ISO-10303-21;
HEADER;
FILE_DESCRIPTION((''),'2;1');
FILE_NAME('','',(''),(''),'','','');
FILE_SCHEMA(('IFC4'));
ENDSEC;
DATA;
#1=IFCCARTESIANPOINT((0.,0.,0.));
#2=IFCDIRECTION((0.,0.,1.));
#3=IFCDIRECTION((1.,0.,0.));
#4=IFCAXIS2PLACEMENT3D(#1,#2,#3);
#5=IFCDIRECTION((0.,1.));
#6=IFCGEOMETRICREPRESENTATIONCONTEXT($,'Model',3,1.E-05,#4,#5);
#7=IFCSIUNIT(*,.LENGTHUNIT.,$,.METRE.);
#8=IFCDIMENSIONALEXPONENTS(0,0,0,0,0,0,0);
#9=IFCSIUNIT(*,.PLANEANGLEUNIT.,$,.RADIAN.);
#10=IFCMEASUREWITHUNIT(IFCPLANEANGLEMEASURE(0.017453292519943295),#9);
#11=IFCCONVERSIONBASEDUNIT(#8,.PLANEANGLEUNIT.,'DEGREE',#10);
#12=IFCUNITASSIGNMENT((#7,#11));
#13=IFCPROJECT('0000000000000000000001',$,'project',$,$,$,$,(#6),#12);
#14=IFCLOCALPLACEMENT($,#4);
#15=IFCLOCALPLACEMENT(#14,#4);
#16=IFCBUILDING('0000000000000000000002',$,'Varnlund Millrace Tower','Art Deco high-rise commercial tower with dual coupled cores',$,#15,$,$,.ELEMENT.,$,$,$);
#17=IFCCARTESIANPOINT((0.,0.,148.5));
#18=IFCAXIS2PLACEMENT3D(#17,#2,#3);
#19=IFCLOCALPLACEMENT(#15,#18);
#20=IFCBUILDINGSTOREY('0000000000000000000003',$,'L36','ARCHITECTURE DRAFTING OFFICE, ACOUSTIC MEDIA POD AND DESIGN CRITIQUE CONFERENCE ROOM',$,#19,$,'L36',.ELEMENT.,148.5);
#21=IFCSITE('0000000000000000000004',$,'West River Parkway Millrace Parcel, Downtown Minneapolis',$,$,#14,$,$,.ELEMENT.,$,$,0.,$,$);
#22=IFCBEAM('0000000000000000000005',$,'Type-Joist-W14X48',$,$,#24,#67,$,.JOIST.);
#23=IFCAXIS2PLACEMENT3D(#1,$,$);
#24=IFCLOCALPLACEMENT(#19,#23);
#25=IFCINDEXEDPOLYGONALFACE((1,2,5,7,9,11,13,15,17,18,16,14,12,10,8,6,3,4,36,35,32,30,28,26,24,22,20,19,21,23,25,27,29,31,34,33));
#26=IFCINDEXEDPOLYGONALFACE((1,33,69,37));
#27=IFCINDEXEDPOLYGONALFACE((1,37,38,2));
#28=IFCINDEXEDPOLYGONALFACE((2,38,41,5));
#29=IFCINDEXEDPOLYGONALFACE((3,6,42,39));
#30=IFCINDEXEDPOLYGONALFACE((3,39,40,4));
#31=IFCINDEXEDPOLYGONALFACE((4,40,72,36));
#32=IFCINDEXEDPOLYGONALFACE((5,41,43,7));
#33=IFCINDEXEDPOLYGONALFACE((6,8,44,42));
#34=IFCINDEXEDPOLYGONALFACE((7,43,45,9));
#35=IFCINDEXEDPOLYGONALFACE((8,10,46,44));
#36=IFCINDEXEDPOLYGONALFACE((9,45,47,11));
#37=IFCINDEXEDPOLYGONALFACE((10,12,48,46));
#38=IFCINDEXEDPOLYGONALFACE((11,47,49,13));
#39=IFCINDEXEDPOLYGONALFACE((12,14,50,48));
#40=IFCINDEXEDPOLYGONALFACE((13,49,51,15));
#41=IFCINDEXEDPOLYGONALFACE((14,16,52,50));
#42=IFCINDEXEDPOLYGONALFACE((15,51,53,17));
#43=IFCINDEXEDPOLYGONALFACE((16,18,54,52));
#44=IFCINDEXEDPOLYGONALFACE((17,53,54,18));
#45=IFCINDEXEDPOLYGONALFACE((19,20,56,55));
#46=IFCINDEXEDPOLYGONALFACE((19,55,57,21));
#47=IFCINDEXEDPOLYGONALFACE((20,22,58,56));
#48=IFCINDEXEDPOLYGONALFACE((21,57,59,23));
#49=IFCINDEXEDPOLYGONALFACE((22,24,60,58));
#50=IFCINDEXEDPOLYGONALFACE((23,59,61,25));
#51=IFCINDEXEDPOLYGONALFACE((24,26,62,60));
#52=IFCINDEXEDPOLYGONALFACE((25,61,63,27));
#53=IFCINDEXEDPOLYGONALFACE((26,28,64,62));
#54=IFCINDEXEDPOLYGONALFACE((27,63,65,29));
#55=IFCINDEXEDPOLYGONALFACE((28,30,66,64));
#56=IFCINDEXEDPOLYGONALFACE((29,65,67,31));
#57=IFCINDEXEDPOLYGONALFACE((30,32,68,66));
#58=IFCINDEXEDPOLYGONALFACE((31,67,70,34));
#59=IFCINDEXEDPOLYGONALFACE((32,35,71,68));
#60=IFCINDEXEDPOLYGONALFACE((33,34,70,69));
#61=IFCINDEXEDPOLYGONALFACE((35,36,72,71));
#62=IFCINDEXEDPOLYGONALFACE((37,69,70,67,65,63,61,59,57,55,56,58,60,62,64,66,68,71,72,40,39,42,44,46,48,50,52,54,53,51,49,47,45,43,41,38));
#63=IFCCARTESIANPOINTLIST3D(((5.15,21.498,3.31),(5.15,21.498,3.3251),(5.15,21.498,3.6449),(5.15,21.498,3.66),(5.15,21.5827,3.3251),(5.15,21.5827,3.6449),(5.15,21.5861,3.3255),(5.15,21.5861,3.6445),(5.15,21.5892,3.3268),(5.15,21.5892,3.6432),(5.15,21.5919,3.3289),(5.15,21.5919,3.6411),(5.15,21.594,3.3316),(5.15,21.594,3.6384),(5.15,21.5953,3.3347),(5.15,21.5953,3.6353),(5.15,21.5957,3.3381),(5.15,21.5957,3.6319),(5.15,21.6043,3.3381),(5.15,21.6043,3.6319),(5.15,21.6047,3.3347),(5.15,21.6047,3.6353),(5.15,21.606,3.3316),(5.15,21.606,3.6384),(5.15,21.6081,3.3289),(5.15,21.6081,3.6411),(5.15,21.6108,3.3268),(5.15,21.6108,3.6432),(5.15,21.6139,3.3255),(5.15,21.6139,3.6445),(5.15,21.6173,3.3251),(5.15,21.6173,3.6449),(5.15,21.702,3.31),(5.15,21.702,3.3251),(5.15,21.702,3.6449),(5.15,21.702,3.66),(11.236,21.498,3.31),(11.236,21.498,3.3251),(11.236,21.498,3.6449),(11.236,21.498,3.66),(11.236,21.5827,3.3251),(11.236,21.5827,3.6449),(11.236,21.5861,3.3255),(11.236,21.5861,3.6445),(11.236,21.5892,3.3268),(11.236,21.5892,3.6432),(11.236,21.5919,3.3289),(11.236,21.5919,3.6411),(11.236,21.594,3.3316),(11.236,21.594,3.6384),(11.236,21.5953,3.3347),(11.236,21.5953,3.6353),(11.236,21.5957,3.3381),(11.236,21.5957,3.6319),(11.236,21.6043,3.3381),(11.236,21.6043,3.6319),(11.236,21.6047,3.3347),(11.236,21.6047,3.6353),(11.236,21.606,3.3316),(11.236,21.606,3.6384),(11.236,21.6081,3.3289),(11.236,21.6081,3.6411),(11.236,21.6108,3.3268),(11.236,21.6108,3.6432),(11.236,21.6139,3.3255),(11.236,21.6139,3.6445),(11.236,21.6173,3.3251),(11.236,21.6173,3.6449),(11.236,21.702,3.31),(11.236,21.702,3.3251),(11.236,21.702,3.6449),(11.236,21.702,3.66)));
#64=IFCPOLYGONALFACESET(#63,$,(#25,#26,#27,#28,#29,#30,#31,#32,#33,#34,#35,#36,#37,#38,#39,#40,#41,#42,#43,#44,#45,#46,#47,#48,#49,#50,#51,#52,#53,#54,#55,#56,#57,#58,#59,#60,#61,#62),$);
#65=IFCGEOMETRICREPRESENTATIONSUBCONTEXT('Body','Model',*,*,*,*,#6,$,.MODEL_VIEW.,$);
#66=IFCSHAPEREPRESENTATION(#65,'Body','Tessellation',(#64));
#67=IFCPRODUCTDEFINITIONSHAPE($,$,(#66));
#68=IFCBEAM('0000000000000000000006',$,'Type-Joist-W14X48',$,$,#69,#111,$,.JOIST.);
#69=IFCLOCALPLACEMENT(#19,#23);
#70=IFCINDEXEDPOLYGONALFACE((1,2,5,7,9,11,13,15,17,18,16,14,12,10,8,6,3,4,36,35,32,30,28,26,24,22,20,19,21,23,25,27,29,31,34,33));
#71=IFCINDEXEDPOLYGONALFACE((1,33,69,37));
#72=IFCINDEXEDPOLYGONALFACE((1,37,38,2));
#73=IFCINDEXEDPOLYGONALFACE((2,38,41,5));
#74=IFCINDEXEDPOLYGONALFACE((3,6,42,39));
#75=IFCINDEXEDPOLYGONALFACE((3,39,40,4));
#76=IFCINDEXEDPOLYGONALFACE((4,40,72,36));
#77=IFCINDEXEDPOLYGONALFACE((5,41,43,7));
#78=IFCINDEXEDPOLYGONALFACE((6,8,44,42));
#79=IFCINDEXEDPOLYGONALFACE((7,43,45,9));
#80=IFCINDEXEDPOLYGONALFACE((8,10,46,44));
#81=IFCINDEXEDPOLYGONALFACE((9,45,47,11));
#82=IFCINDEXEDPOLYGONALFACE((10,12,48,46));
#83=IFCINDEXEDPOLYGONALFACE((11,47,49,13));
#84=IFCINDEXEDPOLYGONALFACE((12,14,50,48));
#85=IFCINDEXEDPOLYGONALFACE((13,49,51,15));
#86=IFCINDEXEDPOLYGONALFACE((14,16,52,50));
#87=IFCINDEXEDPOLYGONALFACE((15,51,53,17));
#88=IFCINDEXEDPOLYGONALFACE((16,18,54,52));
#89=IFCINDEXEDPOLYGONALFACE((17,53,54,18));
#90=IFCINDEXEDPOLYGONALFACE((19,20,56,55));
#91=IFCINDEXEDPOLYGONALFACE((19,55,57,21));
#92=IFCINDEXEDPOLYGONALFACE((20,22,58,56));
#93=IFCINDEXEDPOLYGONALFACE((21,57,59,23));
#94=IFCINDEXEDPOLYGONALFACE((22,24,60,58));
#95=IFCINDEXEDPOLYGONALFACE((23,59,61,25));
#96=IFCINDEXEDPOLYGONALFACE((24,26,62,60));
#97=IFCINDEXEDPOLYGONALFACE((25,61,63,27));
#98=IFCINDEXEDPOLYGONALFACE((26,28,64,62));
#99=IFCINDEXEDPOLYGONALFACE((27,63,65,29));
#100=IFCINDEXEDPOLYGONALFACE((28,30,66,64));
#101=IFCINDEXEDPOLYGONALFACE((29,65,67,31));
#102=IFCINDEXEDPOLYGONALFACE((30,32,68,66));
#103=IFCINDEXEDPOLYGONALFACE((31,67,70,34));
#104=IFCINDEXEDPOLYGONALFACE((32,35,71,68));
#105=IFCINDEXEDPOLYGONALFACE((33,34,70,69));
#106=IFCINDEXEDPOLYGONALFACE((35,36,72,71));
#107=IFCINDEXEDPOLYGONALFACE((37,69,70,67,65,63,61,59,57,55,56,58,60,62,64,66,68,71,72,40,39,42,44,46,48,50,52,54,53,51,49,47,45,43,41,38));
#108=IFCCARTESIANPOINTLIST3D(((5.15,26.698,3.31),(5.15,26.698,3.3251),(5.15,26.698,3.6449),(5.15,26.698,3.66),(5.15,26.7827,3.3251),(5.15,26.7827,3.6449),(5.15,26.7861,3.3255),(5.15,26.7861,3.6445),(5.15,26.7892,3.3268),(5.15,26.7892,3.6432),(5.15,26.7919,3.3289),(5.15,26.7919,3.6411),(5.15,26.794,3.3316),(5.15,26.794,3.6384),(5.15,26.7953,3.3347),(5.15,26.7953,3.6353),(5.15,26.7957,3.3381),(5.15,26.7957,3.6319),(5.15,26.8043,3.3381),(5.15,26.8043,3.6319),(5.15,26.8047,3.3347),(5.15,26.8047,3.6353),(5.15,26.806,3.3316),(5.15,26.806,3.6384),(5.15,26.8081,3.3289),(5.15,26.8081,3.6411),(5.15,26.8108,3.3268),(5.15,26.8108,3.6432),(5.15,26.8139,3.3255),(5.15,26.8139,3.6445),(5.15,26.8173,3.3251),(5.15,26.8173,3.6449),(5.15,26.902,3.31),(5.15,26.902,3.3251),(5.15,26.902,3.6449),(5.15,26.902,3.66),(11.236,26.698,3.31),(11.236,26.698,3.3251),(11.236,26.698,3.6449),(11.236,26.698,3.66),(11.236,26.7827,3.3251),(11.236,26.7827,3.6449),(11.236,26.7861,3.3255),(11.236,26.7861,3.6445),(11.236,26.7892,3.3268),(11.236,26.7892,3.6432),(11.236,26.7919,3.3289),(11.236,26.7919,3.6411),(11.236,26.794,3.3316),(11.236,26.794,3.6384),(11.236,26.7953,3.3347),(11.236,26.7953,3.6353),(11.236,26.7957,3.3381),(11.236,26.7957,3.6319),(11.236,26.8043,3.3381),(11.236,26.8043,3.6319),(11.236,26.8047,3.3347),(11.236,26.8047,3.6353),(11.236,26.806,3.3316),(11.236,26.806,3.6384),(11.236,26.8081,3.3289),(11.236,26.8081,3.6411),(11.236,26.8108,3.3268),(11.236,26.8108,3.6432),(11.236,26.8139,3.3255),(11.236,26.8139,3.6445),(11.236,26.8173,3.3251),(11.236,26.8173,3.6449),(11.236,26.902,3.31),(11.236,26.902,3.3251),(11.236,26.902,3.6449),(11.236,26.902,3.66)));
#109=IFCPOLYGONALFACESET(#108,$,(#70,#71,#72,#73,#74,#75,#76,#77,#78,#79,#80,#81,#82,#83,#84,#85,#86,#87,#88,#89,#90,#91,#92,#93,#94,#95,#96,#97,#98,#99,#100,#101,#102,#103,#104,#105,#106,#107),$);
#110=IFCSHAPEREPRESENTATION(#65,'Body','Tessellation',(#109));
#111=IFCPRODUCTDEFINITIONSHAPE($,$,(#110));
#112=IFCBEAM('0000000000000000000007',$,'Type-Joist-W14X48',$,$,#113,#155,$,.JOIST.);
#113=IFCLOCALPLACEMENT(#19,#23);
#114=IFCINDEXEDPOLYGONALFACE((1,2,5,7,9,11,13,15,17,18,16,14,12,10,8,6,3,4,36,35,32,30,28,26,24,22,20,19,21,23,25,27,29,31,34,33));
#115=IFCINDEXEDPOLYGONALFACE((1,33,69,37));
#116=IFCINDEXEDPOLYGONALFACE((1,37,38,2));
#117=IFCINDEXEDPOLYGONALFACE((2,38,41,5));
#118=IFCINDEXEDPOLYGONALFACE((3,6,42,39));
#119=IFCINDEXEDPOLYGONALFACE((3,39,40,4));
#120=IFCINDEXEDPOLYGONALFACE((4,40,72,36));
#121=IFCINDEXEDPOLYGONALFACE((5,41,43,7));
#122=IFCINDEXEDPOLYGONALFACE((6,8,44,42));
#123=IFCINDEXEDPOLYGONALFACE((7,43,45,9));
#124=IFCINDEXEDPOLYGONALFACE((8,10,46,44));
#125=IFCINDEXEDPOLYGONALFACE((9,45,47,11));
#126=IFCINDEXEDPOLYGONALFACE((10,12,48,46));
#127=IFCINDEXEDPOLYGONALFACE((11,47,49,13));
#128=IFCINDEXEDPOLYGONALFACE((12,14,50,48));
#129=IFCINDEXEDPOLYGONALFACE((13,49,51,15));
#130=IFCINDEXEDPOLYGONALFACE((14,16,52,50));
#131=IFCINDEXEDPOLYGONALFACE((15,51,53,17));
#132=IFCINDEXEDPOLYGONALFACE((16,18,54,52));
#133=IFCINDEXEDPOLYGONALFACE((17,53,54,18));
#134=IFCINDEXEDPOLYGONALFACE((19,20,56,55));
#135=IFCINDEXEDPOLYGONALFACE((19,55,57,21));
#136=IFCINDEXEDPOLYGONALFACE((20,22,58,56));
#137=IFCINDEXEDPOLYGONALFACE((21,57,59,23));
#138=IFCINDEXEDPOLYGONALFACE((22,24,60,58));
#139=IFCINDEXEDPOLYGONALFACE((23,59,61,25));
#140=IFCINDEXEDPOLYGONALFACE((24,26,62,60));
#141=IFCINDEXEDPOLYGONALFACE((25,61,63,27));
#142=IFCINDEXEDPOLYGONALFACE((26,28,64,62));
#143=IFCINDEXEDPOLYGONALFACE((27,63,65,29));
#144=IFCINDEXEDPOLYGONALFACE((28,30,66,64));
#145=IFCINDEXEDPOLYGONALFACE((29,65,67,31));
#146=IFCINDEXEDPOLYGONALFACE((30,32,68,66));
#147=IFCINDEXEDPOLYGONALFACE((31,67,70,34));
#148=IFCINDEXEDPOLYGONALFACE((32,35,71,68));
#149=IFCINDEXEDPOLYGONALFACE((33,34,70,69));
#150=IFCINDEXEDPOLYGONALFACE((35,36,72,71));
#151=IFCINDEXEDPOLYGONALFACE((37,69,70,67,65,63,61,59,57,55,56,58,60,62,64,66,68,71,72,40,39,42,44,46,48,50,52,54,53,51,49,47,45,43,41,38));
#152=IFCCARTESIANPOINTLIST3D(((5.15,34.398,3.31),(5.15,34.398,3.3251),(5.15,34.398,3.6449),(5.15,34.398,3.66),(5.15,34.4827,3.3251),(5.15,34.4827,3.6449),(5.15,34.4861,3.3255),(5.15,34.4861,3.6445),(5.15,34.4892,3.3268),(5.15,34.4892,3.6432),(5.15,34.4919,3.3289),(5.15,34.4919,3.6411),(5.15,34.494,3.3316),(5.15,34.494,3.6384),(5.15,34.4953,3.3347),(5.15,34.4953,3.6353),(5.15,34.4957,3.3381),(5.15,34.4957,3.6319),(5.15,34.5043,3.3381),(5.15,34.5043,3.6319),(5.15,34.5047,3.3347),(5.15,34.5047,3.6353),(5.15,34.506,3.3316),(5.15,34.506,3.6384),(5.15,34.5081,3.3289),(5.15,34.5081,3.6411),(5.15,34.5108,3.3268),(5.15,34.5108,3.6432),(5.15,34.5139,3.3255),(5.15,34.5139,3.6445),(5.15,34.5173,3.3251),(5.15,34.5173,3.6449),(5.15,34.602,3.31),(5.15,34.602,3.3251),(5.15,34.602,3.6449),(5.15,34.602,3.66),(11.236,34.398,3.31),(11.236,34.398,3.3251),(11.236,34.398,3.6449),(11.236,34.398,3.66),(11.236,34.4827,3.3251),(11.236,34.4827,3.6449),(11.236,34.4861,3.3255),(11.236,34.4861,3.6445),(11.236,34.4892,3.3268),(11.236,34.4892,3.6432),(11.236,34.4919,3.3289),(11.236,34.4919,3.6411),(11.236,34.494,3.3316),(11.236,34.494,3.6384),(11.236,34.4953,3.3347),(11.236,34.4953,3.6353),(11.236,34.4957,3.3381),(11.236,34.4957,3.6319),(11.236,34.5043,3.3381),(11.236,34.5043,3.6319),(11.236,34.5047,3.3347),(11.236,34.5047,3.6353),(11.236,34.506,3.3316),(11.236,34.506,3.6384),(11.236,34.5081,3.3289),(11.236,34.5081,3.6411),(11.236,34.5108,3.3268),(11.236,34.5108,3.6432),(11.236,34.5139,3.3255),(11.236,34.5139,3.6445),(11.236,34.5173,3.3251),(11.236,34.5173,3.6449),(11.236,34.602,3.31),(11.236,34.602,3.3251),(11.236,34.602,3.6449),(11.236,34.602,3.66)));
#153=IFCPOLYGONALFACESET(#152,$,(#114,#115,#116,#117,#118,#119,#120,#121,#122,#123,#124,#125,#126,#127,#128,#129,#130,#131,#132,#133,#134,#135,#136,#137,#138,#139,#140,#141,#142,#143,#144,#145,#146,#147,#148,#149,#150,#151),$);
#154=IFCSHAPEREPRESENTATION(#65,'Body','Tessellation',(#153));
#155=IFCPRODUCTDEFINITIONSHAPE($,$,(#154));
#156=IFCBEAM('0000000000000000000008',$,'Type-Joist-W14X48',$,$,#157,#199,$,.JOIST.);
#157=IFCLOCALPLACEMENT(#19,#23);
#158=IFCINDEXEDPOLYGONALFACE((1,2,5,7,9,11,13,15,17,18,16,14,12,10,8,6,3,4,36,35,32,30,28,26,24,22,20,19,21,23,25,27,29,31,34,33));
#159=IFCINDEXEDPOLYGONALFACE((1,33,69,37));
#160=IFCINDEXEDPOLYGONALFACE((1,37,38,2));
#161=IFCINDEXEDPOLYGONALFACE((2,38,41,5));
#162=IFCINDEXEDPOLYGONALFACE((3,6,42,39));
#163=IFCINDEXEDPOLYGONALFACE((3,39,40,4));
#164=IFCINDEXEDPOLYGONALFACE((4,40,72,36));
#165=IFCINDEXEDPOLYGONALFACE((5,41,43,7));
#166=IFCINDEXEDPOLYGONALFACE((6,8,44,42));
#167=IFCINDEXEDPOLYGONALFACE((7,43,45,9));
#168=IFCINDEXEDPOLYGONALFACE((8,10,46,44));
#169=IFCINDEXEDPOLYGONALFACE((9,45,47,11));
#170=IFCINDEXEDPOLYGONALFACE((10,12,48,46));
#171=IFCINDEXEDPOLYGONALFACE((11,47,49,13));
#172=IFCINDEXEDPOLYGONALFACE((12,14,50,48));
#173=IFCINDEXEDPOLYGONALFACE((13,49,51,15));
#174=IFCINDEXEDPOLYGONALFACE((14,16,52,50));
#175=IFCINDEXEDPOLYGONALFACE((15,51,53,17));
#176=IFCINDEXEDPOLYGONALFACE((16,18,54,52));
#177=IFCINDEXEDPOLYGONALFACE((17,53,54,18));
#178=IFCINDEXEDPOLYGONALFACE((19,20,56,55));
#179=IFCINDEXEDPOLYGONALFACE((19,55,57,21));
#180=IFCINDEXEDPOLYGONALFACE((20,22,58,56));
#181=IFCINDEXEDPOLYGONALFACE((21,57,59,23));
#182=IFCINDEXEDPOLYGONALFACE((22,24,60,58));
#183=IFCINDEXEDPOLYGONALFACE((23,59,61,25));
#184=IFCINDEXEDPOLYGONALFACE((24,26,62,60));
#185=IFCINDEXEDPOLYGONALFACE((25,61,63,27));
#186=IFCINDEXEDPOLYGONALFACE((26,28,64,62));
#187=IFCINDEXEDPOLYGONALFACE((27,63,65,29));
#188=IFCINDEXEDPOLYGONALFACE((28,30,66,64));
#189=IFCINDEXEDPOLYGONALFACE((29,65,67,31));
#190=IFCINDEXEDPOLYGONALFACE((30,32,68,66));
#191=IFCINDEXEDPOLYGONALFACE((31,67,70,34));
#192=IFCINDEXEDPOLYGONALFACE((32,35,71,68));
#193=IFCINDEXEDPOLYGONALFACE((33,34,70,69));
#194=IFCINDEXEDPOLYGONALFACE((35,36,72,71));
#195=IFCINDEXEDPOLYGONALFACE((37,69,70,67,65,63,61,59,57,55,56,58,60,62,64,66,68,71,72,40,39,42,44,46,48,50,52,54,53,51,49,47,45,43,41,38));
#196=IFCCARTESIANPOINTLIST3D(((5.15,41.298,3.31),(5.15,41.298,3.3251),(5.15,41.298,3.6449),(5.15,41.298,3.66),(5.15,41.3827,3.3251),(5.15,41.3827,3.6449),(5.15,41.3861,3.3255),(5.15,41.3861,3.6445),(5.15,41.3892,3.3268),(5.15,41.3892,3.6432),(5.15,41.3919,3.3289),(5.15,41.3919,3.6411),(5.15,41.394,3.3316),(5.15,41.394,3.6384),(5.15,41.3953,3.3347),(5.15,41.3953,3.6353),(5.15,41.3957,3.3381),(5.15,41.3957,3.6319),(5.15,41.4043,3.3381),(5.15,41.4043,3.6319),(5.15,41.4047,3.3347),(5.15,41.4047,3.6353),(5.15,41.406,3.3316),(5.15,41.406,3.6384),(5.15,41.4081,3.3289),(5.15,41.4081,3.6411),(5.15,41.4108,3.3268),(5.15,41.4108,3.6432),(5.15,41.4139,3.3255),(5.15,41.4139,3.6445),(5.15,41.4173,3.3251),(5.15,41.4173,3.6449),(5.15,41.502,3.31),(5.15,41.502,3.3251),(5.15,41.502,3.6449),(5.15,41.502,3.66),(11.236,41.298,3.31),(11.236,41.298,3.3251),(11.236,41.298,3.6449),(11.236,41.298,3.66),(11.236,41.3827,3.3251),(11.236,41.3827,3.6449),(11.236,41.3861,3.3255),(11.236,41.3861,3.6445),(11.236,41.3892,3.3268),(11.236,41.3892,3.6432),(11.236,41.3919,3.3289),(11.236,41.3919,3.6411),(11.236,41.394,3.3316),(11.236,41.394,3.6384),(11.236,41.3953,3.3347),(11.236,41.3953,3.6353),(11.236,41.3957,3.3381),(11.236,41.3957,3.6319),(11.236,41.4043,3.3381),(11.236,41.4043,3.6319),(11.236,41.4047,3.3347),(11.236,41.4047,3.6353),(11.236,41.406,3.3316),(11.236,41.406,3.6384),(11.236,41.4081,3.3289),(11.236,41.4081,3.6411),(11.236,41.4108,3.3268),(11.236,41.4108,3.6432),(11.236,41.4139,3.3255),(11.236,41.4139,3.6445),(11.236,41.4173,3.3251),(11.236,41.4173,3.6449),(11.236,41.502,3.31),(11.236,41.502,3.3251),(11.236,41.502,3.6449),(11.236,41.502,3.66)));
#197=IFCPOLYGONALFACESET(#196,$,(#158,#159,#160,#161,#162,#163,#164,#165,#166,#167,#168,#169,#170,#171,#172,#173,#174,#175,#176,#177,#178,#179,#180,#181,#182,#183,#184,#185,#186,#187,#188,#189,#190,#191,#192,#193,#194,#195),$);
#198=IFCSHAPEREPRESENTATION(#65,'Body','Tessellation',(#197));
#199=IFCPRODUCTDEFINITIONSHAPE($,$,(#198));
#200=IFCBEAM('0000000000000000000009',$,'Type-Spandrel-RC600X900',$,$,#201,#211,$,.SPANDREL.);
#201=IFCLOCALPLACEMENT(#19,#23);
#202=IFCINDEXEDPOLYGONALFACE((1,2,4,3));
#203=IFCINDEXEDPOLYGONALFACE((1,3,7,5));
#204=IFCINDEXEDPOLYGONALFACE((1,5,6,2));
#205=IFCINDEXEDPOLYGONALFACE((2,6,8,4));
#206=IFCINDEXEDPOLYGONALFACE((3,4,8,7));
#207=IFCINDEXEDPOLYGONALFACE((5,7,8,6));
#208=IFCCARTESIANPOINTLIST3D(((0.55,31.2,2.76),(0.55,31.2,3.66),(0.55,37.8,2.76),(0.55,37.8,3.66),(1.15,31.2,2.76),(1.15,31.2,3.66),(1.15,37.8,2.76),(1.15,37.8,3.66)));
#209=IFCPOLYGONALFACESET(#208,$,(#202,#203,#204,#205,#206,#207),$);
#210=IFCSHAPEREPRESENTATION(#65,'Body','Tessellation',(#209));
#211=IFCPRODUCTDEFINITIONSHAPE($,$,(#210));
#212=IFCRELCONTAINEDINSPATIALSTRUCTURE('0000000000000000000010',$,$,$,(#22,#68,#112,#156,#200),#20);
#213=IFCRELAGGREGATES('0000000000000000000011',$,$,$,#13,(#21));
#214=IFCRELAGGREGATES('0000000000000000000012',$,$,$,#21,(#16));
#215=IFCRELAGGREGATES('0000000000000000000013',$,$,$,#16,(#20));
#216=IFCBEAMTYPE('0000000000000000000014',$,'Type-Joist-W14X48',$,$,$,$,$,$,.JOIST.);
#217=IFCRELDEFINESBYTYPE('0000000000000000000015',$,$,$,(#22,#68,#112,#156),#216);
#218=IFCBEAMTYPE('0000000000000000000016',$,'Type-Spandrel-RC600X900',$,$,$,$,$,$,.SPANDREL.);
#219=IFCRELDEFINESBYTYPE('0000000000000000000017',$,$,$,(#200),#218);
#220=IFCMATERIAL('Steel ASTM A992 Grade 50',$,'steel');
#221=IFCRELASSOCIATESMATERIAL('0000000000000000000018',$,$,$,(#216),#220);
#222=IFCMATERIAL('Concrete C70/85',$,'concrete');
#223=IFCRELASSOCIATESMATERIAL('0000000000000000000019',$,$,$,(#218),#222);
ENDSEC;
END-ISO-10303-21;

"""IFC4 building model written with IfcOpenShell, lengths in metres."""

from ifc_helpers import new_model, entity, si_unit, converted_unit, direction, frame, origin_with_axes, origin_2d_with_axis, place, context, subcontext, project, spatial, rectangle, i_section, extrude, material, material_profile, profile_set, type_object, element, save


model = new_model("IFC4")

# Units and contexts
model_context = context("Model", 3, precision=1e-05, world=origin_with_axes(), true_north=direction((0.0, 1.0)))
body_context = subcontext(model_context, "Body", "Model", "MODEL_VIEW")
ifc_project = project(units=[si_unit("LENGTHUNIT", "METRE"), converted_unit("PLANEANGLEUNIT", "DEGREE", entity("IfcPlaneAngleMeasure", 0.017453292519943295), si_unit("PLANEANGLEUNIT", "RADIAN"), dimensions=[0, 0, 0, 0, 0, 0, 0])], contexts=[model_context])

# Site, building, storey
site_placement = place(None, origin_with_axes())
site = spatial("IfcSite", under=ifc_project, at=site_placement, Name="West River Parkway Millrace Parcel, Downtown Minneapolis", CompositionType="ELEMENT", RefElevation=0.0)
building_placement = place(site_placement, origin_with_axes())
building = spatial("IfcBuilding", under=site, at=building_placement, Name="Varnlund Millrace Tower", Description="Art Deco high-rise commercial tower with dual coupled cores", CompositionType="ELEMENT")
storey_placement = place(building_placement, frame((0.0, 0.0, 148.5), z_axis=(0.0, 0.0, 1.0), x_axis=(1.0, 0.0, 0.0)))
storey = spatial("IfcBuildingStorey", under=building, at=storey_placement, Name="L36", Description="ARCHITECTURE DRAFTING OFFICE, ACOUSTIC MEDIA POD AND DESIGN CRITIQUE CONFERENCE ROOM", LongName="L36", CompositionType="ELEMENT", Elevation=148.5)

# Beams
ifc_material_1 = material(Name="Steel ASTM A992 Grade 50", Category="steel")
ifc_material_profile_1 = material_profile(ifc_material_1, i_section(OverallWidth=0.204, OverallDepth=0.35, WebThickness=0.0086, FlangeThickness=0.0151, FilletRadius=0.013, at=origin_2d_with_axis()), Name="Steel ASTM A992 Grade 50")
ifc_profile_set_1 = profile_set([ifc_material_profile_1], Name="Steel ASTM A992 Grade 50")
beam_type_1 = type_object("IfcBeamType", Name="Type-Joist-W14X48", PredefinedType="JOIST", material=ifc_profile_set_1)
for number, where, z_axis, x_axis, name in (
    (1, (5.15, 21.6, 3.485), (1.0, 0.0, 0.0), (0.0, 1.0, 0.0), "Type-Joist-W14X48"),
    (2, (5.15, 26.8, 3.485), (1.0, 0.0, 0.0), (0.0, 1.0, 0.0), "Type-Joist-W14X48"),
    (3, (5.15, 34.5, 3.485), (1.0, 0.0, 0.0), (0.0, 1.0, 0.0), "Type-Joist-W14X48"),
    (4, (5.15, 41.4, 3.485), (1.0, 0.0, 0.0), (0.0, 1.0, 0.0), "Type-Joist-W14X48"),
):
    element("IfcBeam", number, at=place(storey_placement, frame(where, z_axis=z_axis, x_axis=x_axis)), inside=storey, type_object=beam_type_1, Name=name, PredefinedType="JOIST", context=body_context, shape_type="SweptSolid", body=[
        extrude(i_section(OverallWidth=0.204, OverallDepth=0.35, WebThickness=0.0086, FlangeThickness=0.0151, FilletRadius=0.013, at=origin_2d_with_axis()), origin_with_axes(), (0.0, 0.0, 1.0), 6.086),
    ])
ifc_material_2 = material(Name="Concrete C70/85", Category="concrete")
ifc_material_profile_2 = material_profile(ifc_material_2, rectangle(XDim=0.6, YDim=0.9, at=origin_2d_with_axis()), Name="Concrete C70/85")
ifc_profile_set_2 = profile_set([ifc_material_profile_2], Name="Concrete C70/85")
beam_type_2 = type_object("IfcBeamType", Name="Type-Spandrel-RC600X900", PredefinedType="SPANDREL", material=ifc_profile_set_2)
beam_1_placement = place(storey_placement, frame((0.85, 31.2, 3.21), z_axis=(0.0, 1.0, 0.0), x_axis=(-1.0, 0.0, 0.0)))
element("IfcBeam", 5, at=beam_1_placement, inside=storey, type_object=beam_type_2, Name="Type-Spandrel-RC600X900", PredefinedType="SPANDREL", context=body_context, shape_type="SweptSolid", body=[
    extrude(rectangle(XDim=0.6, YDim=0.9, at=origin_2d_with_axis()), origin_with_axes(), (0.0, 0.0, 1.0), 6.6),
])

save(model, "model.ifc")
